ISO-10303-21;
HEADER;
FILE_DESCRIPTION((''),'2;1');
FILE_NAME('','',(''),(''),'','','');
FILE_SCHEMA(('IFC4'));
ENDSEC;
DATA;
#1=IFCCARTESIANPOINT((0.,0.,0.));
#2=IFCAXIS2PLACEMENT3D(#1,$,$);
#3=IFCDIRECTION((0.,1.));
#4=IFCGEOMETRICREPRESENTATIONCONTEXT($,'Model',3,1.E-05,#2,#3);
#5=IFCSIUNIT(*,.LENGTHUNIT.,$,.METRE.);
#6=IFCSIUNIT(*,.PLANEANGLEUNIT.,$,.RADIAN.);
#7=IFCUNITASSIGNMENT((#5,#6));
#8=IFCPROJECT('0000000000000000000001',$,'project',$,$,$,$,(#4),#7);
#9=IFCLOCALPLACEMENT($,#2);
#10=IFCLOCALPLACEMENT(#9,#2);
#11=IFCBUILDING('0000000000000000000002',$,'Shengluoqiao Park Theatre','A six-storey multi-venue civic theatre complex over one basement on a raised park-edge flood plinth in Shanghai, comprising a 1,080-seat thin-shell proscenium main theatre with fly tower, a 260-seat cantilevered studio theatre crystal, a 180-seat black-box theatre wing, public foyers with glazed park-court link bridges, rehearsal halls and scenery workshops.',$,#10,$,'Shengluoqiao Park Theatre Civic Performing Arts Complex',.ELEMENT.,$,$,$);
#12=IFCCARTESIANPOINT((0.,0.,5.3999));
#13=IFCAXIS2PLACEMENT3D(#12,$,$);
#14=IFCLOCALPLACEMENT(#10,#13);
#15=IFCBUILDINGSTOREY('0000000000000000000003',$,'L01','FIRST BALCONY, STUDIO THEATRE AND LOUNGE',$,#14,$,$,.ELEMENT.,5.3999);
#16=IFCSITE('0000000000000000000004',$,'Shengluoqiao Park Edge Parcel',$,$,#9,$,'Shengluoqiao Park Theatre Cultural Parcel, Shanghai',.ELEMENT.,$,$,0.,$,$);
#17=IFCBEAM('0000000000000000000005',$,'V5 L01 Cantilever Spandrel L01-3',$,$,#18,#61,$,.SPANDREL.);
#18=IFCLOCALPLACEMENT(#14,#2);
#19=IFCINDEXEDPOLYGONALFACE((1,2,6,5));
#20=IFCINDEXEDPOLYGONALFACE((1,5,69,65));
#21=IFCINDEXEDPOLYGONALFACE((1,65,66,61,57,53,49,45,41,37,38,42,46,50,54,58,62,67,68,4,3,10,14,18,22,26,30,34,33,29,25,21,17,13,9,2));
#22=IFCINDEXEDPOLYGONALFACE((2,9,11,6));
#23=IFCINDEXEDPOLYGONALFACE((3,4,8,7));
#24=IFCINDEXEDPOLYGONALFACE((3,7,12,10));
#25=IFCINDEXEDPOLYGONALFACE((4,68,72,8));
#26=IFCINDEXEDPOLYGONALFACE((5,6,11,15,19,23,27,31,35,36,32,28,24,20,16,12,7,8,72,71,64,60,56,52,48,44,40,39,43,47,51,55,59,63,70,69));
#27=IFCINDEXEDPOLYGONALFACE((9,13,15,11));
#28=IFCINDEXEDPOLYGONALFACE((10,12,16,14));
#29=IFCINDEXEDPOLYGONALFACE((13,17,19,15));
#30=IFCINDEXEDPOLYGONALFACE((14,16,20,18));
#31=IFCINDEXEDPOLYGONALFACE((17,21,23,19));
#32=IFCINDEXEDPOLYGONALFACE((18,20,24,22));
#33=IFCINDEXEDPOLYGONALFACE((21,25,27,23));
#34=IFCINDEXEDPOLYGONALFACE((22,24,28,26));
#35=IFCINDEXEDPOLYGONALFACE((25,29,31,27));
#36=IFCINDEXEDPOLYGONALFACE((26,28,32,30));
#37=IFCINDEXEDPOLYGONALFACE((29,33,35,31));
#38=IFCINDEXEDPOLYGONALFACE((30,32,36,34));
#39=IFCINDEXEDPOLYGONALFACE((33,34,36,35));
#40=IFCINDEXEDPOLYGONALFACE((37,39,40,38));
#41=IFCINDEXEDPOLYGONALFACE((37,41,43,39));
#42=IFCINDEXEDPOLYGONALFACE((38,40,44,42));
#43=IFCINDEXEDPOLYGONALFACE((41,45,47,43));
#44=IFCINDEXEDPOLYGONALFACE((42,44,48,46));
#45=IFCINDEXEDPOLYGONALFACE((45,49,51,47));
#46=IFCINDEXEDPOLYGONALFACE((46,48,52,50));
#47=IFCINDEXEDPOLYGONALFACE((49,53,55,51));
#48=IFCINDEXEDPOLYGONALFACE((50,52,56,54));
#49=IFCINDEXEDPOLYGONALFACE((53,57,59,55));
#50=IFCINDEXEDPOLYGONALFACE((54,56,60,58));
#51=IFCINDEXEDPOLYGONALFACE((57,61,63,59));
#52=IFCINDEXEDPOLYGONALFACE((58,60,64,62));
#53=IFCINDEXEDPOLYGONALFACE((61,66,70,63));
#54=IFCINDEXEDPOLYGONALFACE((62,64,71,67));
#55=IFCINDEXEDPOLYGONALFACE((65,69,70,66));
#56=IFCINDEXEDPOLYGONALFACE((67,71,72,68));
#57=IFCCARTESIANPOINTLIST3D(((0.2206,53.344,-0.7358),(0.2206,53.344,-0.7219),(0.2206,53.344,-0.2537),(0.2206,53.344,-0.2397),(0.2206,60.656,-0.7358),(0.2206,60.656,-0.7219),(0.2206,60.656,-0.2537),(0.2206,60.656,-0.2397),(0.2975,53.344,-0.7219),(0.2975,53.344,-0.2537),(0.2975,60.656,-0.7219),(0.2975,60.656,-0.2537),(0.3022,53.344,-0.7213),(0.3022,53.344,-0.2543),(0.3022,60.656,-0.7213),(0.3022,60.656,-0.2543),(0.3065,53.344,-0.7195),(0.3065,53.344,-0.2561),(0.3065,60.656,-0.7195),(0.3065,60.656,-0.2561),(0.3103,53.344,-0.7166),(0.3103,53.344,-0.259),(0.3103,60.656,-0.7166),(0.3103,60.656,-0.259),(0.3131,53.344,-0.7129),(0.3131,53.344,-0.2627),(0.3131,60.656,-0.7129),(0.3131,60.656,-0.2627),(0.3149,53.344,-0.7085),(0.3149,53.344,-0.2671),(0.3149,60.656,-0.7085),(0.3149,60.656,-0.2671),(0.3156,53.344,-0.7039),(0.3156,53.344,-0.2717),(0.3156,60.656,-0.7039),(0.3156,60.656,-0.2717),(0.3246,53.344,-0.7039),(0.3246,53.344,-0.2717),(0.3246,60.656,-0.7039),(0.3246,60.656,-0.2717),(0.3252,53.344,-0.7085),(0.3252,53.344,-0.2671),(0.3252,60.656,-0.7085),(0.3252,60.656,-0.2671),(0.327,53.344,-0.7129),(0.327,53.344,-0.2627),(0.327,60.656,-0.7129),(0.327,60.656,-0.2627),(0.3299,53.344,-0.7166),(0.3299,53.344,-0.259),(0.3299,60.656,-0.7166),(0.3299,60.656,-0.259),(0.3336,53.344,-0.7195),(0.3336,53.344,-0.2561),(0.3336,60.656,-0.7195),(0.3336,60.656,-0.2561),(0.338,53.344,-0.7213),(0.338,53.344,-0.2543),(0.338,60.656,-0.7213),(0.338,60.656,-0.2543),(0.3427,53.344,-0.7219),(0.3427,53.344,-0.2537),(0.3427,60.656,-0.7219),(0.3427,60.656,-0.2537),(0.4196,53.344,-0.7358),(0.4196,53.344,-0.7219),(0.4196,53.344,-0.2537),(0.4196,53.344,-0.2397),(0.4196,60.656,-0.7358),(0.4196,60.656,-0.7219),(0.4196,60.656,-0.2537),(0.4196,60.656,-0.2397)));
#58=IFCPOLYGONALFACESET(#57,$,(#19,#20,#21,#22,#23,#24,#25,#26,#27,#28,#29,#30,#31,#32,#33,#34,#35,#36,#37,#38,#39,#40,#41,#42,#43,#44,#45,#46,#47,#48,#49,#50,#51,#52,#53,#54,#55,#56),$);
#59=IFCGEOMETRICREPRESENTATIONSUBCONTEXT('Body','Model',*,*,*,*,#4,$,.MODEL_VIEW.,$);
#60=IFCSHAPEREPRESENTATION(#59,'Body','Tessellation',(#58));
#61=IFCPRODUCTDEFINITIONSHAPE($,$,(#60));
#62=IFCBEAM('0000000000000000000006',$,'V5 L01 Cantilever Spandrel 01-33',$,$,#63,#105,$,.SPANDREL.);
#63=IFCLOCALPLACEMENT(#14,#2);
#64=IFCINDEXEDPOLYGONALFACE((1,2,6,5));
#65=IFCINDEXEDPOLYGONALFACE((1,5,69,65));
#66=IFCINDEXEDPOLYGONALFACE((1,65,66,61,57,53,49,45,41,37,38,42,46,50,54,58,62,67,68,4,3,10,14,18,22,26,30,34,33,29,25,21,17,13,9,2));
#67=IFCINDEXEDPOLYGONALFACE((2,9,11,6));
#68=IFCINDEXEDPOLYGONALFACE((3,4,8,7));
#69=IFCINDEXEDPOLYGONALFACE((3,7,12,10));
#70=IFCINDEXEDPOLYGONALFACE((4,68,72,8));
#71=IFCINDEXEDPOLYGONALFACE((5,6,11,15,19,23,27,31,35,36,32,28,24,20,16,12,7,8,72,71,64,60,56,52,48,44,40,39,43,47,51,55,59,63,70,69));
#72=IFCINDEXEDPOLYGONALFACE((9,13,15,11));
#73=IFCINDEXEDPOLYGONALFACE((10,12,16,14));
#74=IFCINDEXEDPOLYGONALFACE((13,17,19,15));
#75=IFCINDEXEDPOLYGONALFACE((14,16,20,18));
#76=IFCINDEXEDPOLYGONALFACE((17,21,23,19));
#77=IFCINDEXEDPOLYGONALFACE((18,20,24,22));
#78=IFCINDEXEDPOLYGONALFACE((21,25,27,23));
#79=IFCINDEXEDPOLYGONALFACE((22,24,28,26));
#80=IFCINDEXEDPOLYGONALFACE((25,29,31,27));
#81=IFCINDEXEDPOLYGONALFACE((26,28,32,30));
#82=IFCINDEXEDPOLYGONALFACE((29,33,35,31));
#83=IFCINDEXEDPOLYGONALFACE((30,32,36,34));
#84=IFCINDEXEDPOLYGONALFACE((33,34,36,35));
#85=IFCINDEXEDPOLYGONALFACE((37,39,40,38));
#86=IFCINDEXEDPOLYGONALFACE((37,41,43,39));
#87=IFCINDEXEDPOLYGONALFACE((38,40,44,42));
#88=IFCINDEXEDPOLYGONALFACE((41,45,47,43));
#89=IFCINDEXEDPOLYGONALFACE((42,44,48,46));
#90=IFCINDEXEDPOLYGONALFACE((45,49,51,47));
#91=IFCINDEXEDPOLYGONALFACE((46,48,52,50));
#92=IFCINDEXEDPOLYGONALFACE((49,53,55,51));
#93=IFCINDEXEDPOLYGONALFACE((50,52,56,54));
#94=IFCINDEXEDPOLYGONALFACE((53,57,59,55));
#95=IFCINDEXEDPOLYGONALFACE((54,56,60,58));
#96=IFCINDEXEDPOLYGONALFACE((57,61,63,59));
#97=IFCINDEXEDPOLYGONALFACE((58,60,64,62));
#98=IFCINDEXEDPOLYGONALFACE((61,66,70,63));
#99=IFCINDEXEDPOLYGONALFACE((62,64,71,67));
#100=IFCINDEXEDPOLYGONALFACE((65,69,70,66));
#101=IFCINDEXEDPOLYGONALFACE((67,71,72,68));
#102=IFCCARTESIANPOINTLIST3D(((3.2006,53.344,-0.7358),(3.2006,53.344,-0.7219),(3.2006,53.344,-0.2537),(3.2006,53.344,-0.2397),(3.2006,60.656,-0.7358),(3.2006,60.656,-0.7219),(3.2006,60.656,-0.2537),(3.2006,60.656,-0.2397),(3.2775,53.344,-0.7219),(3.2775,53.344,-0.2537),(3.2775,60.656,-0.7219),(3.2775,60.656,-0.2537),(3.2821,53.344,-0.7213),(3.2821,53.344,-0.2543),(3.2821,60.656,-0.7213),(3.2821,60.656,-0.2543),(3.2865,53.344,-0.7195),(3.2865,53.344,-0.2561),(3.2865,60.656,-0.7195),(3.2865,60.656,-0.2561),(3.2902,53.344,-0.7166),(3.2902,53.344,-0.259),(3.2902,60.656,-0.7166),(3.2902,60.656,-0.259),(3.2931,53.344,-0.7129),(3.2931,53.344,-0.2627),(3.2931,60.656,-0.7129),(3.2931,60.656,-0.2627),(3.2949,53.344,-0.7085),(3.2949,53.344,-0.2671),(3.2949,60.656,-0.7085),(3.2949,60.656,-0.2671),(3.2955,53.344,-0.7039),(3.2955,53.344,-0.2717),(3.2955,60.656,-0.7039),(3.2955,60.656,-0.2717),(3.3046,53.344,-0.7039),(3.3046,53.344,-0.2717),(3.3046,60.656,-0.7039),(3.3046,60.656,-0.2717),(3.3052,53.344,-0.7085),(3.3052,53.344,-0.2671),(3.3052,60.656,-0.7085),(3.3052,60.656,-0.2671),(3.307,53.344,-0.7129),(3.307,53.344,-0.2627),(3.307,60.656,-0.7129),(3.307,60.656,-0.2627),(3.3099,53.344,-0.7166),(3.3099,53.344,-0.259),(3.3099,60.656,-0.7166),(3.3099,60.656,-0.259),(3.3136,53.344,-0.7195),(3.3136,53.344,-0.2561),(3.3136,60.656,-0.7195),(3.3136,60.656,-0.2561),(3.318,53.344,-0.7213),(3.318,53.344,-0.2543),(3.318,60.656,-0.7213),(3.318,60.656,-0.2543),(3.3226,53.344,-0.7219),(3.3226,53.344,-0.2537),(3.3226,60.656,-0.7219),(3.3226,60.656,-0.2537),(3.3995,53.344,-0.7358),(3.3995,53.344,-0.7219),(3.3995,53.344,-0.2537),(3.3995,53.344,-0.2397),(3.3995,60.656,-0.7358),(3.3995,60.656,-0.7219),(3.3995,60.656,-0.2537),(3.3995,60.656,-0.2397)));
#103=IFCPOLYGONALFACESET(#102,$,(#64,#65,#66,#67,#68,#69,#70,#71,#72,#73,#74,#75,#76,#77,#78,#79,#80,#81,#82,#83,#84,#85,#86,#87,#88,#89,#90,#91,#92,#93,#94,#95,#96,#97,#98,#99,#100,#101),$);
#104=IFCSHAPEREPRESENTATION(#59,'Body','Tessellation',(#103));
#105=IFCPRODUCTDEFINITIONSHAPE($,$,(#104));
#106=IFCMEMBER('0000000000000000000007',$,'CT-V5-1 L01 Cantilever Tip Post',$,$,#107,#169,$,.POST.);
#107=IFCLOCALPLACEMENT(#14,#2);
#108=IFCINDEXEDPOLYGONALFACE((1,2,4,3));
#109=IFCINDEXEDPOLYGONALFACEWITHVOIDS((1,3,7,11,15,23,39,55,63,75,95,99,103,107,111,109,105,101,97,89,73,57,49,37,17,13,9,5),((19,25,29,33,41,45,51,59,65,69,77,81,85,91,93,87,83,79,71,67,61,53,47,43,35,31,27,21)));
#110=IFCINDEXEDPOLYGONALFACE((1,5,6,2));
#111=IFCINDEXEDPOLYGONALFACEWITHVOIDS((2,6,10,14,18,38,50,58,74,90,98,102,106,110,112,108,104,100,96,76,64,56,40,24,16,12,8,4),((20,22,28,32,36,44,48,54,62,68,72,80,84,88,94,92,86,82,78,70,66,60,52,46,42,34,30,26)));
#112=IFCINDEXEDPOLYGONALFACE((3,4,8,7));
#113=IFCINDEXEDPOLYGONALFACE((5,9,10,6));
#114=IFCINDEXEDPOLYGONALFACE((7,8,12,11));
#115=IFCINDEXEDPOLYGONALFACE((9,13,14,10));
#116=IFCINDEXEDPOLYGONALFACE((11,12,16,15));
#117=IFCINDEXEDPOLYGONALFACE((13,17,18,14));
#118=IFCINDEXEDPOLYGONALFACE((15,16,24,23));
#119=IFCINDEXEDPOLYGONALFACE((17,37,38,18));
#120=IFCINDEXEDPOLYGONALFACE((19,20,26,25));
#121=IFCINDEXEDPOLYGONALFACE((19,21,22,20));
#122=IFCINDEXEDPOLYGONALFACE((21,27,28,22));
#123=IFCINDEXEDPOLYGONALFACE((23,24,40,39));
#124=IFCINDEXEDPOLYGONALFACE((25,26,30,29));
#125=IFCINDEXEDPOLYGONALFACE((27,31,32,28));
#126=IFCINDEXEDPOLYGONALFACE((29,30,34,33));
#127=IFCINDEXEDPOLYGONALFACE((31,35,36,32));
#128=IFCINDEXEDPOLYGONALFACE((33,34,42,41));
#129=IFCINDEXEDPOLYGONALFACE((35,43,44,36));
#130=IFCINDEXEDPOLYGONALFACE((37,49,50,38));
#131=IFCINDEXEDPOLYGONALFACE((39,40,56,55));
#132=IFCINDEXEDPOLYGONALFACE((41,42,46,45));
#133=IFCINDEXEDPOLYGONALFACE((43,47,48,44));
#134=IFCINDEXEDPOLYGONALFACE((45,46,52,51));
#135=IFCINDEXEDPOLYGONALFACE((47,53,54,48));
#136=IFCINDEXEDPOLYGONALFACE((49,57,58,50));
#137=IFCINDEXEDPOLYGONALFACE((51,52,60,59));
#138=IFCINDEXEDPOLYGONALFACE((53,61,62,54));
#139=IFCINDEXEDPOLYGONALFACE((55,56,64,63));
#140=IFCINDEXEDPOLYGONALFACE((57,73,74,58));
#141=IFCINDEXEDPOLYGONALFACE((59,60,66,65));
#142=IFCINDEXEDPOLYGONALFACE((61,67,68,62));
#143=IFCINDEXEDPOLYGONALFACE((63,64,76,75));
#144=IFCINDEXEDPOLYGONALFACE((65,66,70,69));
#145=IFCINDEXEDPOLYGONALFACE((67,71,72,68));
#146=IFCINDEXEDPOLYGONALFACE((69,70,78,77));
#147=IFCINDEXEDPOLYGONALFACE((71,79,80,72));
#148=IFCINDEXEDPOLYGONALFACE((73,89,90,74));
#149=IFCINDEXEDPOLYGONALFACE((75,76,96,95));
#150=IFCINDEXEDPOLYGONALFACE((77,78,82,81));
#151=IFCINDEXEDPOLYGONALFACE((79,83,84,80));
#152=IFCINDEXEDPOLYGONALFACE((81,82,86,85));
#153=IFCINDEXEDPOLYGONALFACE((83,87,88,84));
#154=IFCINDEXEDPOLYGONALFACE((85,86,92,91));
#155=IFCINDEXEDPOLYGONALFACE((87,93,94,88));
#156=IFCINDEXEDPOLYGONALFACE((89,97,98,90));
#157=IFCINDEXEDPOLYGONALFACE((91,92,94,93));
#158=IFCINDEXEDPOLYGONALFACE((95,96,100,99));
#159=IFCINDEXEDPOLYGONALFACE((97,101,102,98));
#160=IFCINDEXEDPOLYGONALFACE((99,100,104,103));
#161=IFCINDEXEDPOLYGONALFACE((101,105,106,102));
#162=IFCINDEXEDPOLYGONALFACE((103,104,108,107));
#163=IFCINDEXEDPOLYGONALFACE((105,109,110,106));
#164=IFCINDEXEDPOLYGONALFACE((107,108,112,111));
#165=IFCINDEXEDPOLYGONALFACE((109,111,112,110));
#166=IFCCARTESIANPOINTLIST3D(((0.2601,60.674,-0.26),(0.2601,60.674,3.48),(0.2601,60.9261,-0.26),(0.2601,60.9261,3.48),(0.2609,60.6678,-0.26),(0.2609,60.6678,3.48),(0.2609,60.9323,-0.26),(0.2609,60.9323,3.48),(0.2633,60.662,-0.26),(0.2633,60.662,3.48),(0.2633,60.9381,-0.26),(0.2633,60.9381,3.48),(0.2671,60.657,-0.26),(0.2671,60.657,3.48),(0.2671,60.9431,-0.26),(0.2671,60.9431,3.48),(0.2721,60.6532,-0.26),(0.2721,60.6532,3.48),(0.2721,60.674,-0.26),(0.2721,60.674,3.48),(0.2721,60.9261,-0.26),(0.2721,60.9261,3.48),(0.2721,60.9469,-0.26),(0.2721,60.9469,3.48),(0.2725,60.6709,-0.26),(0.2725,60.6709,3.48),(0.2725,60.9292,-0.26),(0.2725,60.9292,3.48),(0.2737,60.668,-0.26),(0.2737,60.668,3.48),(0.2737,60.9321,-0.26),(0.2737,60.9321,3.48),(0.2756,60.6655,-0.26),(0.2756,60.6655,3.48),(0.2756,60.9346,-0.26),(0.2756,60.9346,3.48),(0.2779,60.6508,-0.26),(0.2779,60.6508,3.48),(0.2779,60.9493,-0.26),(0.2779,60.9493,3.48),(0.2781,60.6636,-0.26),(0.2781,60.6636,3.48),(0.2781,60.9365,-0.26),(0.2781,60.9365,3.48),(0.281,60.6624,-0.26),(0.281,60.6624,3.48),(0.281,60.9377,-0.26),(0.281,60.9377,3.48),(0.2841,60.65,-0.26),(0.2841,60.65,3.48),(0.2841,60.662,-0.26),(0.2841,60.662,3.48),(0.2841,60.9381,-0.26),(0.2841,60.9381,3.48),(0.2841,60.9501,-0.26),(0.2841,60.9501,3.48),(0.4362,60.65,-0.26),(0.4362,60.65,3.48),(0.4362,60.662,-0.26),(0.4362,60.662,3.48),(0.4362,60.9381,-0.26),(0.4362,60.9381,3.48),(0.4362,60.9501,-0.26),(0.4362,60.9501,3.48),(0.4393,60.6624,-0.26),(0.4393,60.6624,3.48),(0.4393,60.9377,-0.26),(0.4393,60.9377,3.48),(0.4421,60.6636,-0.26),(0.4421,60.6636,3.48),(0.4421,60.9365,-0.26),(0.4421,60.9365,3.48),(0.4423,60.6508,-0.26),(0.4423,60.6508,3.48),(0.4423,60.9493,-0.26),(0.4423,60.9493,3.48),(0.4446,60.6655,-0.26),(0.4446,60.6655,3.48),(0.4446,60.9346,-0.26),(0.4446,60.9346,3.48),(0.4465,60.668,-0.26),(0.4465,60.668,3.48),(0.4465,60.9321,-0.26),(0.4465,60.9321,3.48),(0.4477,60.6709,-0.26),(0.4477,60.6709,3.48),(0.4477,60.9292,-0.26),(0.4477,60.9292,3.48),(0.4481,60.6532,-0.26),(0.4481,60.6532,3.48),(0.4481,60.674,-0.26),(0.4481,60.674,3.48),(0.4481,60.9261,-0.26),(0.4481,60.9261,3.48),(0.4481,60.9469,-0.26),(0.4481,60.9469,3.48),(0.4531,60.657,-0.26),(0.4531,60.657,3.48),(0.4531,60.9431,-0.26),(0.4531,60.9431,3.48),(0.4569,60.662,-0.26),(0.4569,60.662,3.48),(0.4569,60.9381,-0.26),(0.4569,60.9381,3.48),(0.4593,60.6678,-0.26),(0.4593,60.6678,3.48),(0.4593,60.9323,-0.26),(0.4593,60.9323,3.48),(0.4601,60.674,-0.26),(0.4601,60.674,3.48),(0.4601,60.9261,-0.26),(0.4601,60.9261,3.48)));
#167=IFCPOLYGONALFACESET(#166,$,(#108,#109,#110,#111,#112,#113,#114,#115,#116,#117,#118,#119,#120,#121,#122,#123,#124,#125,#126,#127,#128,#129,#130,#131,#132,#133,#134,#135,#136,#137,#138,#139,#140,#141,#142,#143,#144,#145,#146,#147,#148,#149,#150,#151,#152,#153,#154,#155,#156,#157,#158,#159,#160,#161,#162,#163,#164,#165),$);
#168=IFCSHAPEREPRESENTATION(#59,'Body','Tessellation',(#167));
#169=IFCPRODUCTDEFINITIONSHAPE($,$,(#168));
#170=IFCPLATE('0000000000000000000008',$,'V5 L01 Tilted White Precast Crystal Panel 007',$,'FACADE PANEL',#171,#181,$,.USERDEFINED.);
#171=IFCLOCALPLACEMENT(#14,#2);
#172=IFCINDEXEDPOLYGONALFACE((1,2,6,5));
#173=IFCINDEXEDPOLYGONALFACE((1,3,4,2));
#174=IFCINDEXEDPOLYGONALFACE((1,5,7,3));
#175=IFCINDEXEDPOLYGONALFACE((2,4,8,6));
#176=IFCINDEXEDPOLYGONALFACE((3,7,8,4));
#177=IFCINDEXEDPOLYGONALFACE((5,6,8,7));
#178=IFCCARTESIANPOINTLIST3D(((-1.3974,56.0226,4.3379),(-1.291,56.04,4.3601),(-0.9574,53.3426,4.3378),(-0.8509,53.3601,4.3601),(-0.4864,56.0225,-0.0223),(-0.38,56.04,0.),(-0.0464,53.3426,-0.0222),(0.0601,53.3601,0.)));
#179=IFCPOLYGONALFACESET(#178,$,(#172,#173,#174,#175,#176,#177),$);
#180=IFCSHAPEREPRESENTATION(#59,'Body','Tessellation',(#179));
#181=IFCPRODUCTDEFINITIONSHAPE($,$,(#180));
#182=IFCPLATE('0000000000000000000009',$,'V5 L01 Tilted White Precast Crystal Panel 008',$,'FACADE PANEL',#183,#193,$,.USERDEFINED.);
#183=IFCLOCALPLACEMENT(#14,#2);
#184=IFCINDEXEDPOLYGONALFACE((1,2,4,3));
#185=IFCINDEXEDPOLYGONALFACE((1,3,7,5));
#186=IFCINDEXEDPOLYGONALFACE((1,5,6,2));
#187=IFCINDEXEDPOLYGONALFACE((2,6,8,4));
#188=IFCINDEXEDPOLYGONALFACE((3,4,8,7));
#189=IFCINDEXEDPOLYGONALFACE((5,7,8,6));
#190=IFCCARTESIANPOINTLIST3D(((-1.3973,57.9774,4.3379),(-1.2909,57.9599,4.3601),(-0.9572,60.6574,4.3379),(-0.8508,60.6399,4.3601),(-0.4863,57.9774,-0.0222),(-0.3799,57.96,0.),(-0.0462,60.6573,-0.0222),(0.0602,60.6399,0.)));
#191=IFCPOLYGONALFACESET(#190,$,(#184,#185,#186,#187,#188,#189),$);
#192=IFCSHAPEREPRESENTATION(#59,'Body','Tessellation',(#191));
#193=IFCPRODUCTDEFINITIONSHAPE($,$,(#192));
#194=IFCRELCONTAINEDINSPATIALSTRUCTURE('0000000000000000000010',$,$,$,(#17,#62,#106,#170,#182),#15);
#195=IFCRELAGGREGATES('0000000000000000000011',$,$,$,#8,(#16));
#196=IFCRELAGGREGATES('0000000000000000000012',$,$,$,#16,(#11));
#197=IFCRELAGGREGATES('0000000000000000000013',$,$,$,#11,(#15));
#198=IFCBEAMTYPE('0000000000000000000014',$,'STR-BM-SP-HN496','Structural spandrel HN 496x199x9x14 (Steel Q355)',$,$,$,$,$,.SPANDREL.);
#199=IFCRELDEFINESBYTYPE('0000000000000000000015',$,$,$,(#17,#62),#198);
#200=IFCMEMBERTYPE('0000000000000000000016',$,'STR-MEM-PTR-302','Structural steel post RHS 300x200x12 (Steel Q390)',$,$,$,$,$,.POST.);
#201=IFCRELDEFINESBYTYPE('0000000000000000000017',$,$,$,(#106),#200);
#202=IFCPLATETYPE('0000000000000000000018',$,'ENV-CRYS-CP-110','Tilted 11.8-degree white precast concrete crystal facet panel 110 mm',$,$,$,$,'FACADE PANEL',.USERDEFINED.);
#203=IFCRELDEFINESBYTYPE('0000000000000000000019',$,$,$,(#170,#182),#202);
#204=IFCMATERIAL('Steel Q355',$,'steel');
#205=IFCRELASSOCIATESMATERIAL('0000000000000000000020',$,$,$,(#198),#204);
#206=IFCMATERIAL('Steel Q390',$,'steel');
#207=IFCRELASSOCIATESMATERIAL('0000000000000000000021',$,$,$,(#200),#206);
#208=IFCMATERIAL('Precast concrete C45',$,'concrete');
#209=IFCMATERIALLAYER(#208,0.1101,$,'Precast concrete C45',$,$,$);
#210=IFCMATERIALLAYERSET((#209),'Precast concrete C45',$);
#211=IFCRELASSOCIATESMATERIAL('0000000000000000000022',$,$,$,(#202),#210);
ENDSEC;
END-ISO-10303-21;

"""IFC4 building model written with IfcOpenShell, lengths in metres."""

from ifc_helpers import new_model, si_unit, direction, frame, origin, origin_2d, place, context, subcontext, project, spatial, polyline, hollow_rectangle, i_section, outline, extrude, material, layer, layer_set, material_profile, profile_set, type_object, element, save


model = new_model("IFC4")

# Units and contexts
model_context = context("Model", 3, precision=1e-05, world=origin(), true_north=direction((0.0, 1.0)))
body_context = subcontext(model_context, "Body", "Model", "MODEL_VIEW")
ifc_project = project(units=[si_unit("LENGTHUNIT", "METRE"), si_unit("PLANEANGLEUNIT", "RADIAN")], contexts=[model_context])

# Site, building, storey
site_placement = place(None, origin())
site = spatial("IfcSite", under=ifc_project, at=site_placement, Name="Shengluoqiao Park Edge Parcel", LongName="Shengluoqiao Park Theatre Cultural Parcel, Shanghai", CompositionType="ELEMENT", RefElevation=0.0)
building_placement = place(site_placement, origin())
building = spatial("IfcBuilding", under=site, at=building_placement, Name="Shengluoqiao Park Theatre", Description="A six-storey multi-venue civic theatre complex over one basement on a raised park-edge flood plinth in Shanghai, comprising a 1,080-seat thin-shell proscenium main theatre with fly tower, a 260-seat cantilevered studio theatre crystal, a 180-seat black-box theatre wing, public foyers with glazed park-court link bridges, rehearsal halls and scenery workshops.", LongName="Shengluoqiao Park Theatre Civic Performing Arts Complex", CompositionType="ELEMENT")
storey_placement = place(building_placement, frame((0.0, 0.0, 5.3999)))
storey = spatial("IfcBuildingStorey", under=building, at=storey_placement, Name="L01", Description="FIRST BALCONY, STUDIO THEATRE AND LOUNGE", CompositionType="ELEMENT", Elevation=5.3999)

# Beams
ifc_material_1 = material(Name="Steel Q390", Category="steel")
ifc_material_2 = material(Name="Steel Q355", Category="steel")
ifc_material_profile_1 = material_profile(ifc_material_2, i_section(OverallWidth=0.199, OverallDepth=0.4961, WebThickness=0.009, FlangeThickness=0.0139, FilletRadius=0.0181, at=origin_2d()), Name="HN 496x199x9x14")
ifc_profile_set_1 = profile_set([ifc_material_profile_1], Name="Steel Q355")
beam_type_1 = type_object("IfcBeamType", Name="STR-BM-SP-HN496", Description="Structural spandrel HN 496x199x9x14 (Steel Q355)", PredefinedType="SPANDREL", material=ifc_profile_set_1)
for number, where, z_axis, x_axis, name in (
    (1, (0.3201, 53.344, -0.4878), (0.0, 1.0, 0.0), (-1.0, 0.0, 0.0), "V5 L01 Cantilever Spandrel L01-3"),
    (2, (3.3, 53.344, -0.4878), (0.0, 1.0, 0.0), (-1.0, 0.0, 0.0), "V5 L01 Cantilever Spandrel 01-33"),
):
    element("IfcBeam", number, at=place(storey_placement, frame(where, z_axis=z_axis, x_axis=x_axis)), inside=storey, type_object=beam_type_1, Name=name, PredefinedType="SPANDREL", context=body_context, shape_type="SweptSolid", body=[
        extrude(i_section(OverallWidth=0.199, OverallDepth=0.4961, WebThickness=0.009, FlangeThickness=0.0139, FilletRadius=0.0181, at=origin_2d()), origin(), (0.0, 0.0, 1.0), 7.312),
    ])

# Member
ifc_material_profile_2 = material_profile(ifc_material_1, hollow_rectangle(XDim=0.2, YDim=0.3, WallThickness=0.012, InnerFilletRadius=0.012, OuterFilletRadius=0.0239, at=origin_2d()), Name="RHS 300x200x12")
ifc_profile_set_2 = profile_set([ifc_material_profile_2], Name="Steel Q390")
member_type_1 = type_object("IfcMemberType", Name="STR-MEM-PTR-302", Description="Structural steel post RHS 300x200x12 (Steel Q390)", PredefinedType="POST", material=ifc_profile_set_2)
member_1_placement = place(storey_placement, frame((0.3601, 60.8, -0.26), z_axis=(0.0, 0.0, 1.0), x_axis=(1.0, 0.0, 0.0)))
element("IfcMember", 3, at=member_1_placement, inside=storey, type_object=member_type_1, Name="CT-V5-1 L01 Cantilever Tip Post", PredefinedType="POST", context=body_context, shape_type="SweptSolid", body=[
    extrude(hollow_rectangle(XDim=0.2, YDim=0.3, WallThickness=0.012, InnerFilletRadius=0.012, OuterFilletRadius=0.0239, at=origin_2d()), origin(), (0.0, 0.0, 1.0), 3.74),
])

# Plates
ifc_material_3 = material(Name="Precast concrete C45", Category="concrete")
ifc_layer_1 = layer(ifc_material_3, 0.1101, Name="Precast concrete C45")
ifc_layer_set_1 = layer_set([ifc_layer_1], Name="Precast concrete C45")
plate_type_1 = type_object("IfcPlateType", Name="ENV-CRYS-CP-110", Description="Tilted 11.8-degree white precast concrete crystal facet panel 110 mm", ElementType="FACADE PANEL", PredefinedType="USERDEFINED", material=ifc_layer_set_1)
plate_1_placement = place(storey_placement, frame((0.0601, 53.3601, 0.0), z_axis=(0.966456, 0.158699, 0.201934), x_axis=(-0.162035, 0.986785, -0.000009)))
element("IfcPlate", 4, at=plate_1_placement, inside=storey, type_object=plate_type_1, Name="V5 L01 Tilted White Precast Crystal Panel 007", ObjectType="FACADE PANEL", PredefinedType="USERDEFINED", context=body_context, shape_type="SweptSolid", body=[
    extrude(outline(polyline([(0.0, 0.0), (2.7158, 0.0), (2.8634, 4.4518), (0.1476, 4.4518), (0.0, 0.0)])), origin(), (0.0, 0.0, -1.0), 0.1101),
])
plate_2_placement = place(storey_placement, frame((-0.3799, 57.96, 0.0), z_axis=(0.966456, -0.158699, 0.201934), x_axis=(0.162035, 0.986785, 0.000009)))
element("IfcPlate", 5, at=plate_2_placement, inside=storey, type_object=plate_type_1, Name="V5 L01 Tilted White Precast Crystal Panel 008", ObjectType="FACADE PANEL", PredefinedType="USERDEFINED", context=body_context, shape_type="SweptSolid", body=[
    extrude(outline(polyline([(0.0, 0.0), (2.7158, 0.0), (2.5682, 4.4518), (-0.1476, 4.4518), (0.0, 0.0)])), origin(), (0.0, 0.0, -1.0), 0.1101),
])

save(model, "model.ifc")
